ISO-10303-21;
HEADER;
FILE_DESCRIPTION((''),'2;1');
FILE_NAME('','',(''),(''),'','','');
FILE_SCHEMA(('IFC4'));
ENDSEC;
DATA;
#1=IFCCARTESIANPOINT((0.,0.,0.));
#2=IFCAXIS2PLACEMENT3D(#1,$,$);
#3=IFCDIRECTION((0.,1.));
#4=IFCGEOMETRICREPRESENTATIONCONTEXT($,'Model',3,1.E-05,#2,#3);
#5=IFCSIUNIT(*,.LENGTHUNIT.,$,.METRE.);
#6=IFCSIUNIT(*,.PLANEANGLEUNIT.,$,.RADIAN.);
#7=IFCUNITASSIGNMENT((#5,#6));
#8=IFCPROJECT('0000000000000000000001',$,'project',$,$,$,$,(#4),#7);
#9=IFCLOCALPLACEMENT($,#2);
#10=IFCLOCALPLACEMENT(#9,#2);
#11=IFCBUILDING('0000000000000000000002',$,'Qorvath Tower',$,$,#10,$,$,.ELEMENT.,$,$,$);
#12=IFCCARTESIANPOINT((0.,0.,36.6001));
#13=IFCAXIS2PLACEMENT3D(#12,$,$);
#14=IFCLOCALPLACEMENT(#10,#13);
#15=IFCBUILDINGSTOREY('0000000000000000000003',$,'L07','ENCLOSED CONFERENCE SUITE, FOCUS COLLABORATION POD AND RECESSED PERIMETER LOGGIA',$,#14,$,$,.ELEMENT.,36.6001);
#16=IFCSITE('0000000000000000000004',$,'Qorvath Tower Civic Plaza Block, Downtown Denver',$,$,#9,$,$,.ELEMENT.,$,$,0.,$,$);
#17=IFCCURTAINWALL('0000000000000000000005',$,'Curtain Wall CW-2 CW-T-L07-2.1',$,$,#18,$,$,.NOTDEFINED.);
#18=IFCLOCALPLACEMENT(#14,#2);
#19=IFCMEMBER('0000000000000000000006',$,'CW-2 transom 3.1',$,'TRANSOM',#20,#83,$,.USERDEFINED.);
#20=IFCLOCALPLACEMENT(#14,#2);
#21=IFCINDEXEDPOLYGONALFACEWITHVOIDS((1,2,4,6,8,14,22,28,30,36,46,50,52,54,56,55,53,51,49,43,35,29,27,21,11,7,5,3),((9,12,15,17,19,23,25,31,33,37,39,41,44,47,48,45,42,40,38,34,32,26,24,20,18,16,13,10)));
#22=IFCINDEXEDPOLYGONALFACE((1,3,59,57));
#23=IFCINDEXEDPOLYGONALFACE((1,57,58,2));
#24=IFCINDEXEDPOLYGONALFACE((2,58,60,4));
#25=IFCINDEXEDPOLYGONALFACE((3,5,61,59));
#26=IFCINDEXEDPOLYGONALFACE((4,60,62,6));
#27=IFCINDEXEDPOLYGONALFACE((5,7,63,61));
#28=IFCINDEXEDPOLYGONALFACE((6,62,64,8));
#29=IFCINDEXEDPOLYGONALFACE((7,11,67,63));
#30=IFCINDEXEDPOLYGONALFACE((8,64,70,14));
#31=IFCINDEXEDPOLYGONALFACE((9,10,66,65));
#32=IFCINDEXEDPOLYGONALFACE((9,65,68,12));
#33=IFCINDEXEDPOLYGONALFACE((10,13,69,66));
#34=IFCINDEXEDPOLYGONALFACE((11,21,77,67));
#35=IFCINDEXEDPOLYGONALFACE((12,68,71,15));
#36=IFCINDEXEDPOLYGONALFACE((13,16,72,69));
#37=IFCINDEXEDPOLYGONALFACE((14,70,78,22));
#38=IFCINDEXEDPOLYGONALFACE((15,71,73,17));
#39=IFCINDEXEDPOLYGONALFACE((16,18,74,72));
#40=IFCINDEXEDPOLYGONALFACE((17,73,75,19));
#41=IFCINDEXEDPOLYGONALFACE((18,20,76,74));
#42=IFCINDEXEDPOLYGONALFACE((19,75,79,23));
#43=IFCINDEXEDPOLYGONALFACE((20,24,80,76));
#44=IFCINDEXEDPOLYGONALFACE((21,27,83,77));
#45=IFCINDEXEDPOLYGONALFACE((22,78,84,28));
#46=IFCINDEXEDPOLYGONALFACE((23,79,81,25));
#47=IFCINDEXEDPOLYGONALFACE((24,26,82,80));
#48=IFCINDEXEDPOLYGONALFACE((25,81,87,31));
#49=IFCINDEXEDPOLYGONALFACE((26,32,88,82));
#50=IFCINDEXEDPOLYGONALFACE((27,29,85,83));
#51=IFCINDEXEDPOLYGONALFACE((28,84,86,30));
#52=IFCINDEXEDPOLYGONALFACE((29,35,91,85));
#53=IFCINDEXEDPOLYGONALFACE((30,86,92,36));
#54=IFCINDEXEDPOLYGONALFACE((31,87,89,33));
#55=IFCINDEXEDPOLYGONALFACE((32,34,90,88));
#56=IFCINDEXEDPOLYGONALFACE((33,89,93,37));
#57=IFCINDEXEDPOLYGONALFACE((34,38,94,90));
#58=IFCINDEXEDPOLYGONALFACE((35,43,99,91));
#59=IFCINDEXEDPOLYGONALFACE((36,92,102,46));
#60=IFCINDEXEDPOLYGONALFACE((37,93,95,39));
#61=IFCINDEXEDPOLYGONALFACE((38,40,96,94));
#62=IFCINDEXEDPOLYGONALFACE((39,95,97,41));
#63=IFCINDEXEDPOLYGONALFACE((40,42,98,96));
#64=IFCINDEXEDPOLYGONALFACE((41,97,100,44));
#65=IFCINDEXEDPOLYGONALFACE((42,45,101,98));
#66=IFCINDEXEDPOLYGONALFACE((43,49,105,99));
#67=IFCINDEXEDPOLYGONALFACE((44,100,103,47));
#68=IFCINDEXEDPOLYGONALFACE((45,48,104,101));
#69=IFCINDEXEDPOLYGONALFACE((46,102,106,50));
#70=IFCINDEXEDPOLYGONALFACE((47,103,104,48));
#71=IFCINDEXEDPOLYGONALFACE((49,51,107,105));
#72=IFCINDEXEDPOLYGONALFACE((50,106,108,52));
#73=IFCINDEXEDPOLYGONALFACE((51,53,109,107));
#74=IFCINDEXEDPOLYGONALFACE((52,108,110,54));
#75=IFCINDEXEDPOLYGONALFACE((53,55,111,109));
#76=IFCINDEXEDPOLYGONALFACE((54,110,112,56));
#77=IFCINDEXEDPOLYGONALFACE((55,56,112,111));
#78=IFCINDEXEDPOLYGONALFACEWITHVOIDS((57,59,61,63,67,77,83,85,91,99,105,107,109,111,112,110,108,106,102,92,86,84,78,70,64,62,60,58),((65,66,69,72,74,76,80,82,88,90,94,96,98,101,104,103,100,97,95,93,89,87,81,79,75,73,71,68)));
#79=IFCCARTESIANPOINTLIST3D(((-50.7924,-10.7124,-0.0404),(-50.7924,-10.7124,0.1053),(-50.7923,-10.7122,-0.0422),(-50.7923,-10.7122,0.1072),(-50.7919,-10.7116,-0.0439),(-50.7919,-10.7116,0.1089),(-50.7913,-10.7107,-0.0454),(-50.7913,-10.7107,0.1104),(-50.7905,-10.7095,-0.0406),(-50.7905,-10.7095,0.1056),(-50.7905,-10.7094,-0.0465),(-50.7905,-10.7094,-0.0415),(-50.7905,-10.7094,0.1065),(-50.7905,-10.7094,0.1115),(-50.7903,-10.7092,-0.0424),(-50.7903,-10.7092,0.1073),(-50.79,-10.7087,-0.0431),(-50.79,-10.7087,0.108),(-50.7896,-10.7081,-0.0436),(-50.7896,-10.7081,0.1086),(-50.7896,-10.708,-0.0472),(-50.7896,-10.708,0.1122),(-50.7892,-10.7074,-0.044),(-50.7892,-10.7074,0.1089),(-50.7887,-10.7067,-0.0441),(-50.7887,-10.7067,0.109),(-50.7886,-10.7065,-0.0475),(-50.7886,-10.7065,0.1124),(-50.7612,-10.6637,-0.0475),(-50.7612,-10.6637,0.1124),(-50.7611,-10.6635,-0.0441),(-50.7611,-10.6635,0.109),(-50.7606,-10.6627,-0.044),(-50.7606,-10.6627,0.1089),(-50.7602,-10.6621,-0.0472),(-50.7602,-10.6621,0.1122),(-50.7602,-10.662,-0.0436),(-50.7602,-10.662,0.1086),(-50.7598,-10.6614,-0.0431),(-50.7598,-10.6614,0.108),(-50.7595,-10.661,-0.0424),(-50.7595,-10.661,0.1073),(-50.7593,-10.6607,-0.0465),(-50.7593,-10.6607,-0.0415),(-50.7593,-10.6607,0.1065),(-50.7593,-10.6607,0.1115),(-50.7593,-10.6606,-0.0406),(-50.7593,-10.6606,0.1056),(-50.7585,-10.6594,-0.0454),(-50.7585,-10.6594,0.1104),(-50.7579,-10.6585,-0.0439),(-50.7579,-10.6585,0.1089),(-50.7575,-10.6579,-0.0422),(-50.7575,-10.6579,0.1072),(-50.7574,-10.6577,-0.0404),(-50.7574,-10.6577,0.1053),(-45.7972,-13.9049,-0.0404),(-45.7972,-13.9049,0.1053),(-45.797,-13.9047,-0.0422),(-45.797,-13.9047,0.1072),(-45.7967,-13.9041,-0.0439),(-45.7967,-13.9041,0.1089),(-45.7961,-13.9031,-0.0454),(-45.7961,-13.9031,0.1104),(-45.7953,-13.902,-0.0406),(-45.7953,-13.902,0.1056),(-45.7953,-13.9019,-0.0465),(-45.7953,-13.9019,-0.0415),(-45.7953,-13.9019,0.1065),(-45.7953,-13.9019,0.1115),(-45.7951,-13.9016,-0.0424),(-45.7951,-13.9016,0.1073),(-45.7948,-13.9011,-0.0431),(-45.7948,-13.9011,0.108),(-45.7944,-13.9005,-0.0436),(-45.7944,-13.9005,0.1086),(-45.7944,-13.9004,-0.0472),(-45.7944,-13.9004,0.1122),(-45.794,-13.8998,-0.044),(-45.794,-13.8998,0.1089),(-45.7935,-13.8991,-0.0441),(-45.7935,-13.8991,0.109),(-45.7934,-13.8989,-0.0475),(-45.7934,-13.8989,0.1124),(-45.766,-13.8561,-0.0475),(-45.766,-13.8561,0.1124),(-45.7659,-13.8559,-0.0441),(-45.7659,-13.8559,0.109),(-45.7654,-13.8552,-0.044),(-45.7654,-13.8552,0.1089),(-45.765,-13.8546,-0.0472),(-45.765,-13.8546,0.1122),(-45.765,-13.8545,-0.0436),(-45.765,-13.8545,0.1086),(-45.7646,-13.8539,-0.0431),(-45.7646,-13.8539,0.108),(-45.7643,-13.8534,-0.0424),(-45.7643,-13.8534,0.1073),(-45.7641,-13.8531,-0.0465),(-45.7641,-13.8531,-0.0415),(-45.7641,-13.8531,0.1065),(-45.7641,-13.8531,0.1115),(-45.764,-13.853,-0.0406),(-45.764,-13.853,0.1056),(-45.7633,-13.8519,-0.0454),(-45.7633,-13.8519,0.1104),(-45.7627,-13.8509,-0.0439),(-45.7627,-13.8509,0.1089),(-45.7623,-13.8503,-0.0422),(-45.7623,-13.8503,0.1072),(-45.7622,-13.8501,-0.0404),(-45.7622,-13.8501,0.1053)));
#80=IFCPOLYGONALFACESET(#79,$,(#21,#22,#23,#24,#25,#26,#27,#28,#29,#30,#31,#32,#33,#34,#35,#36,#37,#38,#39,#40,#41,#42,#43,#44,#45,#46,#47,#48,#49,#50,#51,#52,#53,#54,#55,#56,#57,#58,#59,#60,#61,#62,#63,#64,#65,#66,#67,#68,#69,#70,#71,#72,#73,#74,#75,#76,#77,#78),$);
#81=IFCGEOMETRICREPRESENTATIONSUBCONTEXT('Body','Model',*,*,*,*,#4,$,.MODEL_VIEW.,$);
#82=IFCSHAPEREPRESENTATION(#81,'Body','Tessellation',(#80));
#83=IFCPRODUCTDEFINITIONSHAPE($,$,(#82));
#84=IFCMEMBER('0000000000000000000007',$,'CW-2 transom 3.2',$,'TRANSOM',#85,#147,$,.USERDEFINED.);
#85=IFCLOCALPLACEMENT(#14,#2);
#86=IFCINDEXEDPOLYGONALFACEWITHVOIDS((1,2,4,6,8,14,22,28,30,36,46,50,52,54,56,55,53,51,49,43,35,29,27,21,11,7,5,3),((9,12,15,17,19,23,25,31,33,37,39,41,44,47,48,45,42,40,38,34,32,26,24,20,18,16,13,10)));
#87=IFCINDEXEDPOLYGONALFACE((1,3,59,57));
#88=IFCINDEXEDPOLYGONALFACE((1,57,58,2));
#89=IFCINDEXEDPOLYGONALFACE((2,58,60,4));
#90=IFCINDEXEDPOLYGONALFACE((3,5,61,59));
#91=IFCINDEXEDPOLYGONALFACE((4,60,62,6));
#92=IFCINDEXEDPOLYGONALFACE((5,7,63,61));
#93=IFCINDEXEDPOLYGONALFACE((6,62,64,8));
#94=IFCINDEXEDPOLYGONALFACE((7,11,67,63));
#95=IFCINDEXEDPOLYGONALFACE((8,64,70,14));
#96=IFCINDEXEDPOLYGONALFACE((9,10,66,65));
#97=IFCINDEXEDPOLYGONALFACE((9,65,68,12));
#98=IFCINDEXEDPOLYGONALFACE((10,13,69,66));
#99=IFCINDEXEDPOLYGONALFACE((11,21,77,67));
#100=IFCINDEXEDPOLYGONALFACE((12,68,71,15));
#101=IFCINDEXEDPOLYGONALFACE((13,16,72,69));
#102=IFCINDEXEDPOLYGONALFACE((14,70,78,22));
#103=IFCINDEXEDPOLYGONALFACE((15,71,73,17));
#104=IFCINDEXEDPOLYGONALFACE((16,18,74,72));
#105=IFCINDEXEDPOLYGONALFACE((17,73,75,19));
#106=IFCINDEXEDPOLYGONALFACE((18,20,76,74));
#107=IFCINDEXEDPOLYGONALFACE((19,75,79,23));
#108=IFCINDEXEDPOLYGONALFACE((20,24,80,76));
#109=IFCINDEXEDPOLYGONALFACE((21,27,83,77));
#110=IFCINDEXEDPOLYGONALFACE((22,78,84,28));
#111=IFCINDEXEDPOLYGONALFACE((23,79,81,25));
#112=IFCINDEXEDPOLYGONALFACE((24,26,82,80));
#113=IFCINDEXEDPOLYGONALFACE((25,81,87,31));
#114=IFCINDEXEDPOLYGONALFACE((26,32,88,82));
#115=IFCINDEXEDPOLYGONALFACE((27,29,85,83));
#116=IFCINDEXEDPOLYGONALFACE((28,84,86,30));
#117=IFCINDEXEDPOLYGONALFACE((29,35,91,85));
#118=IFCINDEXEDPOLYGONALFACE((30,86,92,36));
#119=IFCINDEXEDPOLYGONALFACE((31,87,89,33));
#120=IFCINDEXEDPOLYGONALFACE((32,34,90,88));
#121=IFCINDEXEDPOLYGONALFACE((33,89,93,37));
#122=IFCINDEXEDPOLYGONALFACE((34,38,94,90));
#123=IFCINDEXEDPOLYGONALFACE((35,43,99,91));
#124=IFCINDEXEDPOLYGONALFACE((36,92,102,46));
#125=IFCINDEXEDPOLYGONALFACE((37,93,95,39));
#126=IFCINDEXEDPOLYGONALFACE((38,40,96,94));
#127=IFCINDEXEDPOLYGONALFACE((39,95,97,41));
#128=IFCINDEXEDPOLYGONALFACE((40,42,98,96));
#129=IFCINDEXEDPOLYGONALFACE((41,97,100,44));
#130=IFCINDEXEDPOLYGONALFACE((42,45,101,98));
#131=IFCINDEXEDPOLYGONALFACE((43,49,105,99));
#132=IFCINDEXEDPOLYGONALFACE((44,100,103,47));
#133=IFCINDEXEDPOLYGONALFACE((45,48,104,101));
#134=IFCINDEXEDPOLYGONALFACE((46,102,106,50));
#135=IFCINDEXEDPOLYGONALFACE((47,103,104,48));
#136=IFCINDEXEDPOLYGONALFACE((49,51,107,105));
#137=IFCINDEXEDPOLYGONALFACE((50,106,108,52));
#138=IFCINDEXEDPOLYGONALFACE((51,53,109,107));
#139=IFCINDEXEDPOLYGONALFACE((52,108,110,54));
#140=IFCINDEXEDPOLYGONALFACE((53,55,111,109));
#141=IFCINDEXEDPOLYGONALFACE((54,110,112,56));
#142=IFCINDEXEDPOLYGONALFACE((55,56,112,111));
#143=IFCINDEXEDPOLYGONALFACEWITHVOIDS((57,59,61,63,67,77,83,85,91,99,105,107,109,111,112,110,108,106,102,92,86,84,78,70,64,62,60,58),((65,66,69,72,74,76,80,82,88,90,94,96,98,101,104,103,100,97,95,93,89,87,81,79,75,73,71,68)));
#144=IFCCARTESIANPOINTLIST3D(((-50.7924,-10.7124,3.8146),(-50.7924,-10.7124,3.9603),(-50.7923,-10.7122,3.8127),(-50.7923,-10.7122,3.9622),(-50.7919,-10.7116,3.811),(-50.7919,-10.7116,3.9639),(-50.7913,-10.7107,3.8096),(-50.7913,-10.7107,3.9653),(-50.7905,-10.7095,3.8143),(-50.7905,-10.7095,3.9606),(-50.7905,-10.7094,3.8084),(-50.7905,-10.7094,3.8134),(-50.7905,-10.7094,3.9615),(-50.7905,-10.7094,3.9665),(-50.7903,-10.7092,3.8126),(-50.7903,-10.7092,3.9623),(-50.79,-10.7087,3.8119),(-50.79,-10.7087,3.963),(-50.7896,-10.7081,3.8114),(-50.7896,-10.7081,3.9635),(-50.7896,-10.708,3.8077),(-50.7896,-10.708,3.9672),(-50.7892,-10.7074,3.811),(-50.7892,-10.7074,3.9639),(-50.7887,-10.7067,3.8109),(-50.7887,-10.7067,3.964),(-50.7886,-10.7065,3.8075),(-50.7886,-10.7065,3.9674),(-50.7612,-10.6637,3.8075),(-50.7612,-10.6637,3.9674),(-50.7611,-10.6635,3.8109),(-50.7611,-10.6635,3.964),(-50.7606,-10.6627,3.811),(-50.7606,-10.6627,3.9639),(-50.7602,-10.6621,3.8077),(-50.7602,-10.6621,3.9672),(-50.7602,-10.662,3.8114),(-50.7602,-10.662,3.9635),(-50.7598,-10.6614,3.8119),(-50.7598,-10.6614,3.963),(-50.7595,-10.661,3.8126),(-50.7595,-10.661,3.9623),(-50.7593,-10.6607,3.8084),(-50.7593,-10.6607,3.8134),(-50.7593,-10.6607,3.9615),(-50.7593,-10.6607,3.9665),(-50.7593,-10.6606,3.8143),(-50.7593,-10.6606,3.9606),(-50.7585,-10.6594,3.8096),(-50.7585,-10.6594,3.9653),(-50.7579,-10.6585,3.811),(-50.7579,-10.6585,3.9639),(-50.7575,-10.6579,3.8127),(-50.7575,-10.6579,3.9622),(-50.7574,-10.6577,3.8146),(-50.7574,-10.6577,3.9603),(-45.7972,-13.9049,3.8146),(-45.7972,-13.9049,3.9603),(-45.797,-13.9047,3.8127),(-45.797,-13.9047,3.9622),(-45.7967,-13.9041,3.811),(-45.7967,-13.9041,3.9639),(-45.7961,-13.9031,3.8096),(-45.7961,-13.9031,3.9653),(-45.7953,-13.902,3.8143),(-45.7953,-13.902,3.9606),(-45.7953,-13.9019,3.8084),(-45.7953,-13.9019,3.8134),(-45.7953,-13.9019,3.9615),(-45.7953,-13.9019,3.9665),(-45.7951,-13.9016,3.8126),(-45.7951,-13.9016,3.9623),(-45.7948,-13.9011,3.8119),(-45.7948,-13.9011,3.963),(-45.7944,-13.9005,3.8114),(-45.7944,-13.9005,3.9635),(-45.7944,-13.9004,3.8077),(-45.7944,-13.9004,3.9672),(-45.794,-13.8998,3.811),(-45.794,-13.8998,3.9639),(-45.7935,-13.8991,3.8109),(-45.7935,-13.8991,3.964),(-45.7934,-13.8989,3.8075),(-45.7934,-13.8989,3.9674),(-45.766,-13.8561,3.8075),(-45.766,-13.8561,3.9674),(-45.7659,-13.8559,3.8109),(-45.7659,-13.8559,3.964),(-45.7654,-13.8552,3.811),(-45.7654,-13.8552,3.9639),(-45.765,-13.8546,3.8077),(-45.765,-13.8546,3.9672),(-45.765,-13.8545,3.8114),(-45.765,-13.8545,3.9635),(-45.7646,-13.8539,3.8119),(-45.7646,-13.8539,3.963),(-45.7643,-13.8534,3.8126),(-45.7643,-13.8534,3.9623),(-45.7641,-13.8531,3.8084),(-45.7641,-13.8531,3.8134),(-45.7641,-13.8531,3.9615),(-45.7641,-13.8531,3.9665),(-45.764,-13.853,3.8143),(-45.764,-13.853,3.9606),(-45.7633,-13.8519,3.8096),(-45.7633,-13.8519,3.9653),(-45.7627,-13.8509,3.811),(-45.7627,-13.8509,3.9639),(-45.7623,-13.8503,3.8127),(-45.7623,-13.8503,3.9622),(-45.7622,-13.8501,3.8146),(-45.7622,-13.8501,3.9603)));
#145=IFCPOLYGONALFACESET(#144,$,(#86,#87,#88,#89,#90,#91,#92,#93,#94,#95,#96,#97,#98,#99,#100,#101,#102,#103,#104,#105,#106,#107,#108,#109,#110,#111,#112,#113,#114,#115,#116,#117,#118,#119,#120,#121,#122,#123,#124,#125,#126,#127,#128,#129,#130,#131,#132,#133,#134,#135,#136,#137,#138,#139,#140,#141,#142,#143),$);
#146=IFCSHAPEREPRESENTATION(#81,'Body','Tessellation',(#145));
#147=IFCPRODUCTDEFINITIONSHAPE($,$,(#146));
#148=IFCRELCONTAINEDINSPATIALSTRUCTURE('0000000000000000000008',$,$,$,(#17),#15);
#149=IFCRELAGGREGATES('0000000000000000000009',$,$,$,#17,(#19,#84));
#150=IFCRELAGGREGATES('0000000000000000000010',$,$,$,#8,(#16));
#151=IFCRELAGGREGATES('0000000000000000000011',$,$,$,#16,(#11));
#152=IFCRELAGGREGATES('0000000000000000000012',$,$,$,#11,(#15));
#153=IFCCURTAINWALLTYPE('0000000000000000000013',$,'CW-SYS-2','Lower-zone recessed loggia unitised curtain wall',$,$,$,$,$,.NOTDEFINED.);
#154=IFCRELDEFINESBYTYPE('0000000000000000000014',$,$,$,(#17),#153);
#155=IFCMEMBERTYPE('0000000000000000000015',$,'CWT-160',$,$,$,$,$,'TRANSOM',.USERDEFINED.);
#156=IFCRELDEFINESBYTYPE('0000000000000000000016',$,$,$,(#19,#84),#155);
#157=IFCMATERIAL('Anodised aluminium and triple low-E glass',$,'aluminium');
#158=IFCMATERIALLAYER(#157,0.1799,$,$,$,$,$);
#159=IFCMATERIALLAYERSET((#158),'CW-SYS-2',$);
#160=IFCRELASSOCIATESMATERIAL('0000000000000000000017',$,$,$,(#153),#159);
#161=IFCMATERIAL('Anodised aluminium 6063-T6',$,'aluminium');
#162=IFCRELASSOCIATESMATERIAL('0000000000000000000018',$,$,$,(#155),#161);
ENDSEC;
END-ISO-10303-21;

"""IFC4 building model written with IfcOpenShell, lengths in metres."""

from ifc_helpers import new_model, si_unit, direction, frame, origin, origin_2d, place, context, subcontext, project, spatial, hollow_rectangle, extrude, material, layer, layer_set, material_profile, profile_set, type_object, element, aggregate, save


model = new_model("IFC4")

# Units and contexts
model_context = context("Model", 3, precision=1e-05, world=origin(), true_north=direction((0.0, 1.0)))
body_context = subcontext(model_context, "Body", "Model", "MODEL_VIEW")
ifc_project = project(units=[si_unit("LENGTHUNIT", "METRE"), si_unit("PLANEANGLEUNIT", "RADIAN")], contexts=[model_context])

# Site, building, storey
site_placement = place(None, origin())
site = spatial("IfcSite", under=ifc_project, at=site_placement, Name="Qorvath Tower Civic Plaza Block, Downtown Denver", CompositionType="ELEMENT", RefElevation=0.0)
building_placement = place(site_placement, origin())
building = spatial("IfcBuilding", under=site, at=building_placement, Name="Qorvath Tower", CompositionType="ELEMENT")
storey_placement = place(building_placement, frame((0.0, 0.0, 36.6001)))
storey = spatial("IfcBuildingStorey", under=building, at=storey_placement, Name="L07", Description="ENCLOSED CONFERENCE SUITE, FOCUS COLLABORATION POD AND RECESSED PERIMETER LOGGIA", CompositionType="ELEMENT", Elevation=36.6001)

# Curtain wall, members
ifc_material_1 = material(Name="Anodised aluminium and triple low-E glass", Category="aluminium")
ifc_layer_1 = layer(ifc_material_1, 0.1799)
ifc_layer_set_1 = layer_set([ifc_layer_1], Name="CW-SYS-2")
curtain_wall_type = type_object("IfcCurtainWallType", Name="CW-SYS-2", Description="Lower-zone recessed loggia unitised curtain wall", PredefinedType="NOTDEFINED", material=ifc_layer_set_1)
curtain_wall_placement = place(storey_placement, origin())
curtain_wall = element("IfcCurtainWall", 1, at=curtain_wall_placement, inside=storey, type_object=curtain_wall_type, Name="Curtain Wall CW-2 CW-T-L07-2.1", PredefinedType="NOTDEFINED")
ifc_material_2 = material(Name="Anodised aluminium 6063-T6", Category="aluminium")
ifc_material_profile_1 = material_profile(ifc_material_2, hollow_rectangle(XDim=0.0649, YDim=0.1599, WallThickness=0.0034, InnerFilletRadius=0.0034, OuterFilletRadius=0.0071, at=origin_2d()), Name="CWT 160x65")
ifc_profile_set_1 = profile_set([ifc_material_profile_1], Name="Anodised aluminium 6063-T6")
member_type_1 = type_object("IfcMemberType", Name="CWT-160", ElementType="TRANSOM", PredefinedType="USERDEFINED", material=ifc_profile_set_1)
member_1_placement = place(storey_placement, frame((-50.7749, -10.6851, 0.0325), z_axis=(0.842615, -0.538516, 0.0), x_axis=(0.538516, 0.842615, 0.0)))
member_1 = element("IfcMember", 2, at=member_1_placement, type_object=member_type_1, Name="CW-2 transom 3.1", ObjectType="TRANSOM", PredefinedType="USERDEFINED", context=body_context, shape_type="SweptSolid", body=[
    extrude(hollow_rectangle(XDim=0.0649, YDim=0.1599, WallThickness=0.0034, InnerFilletRadius=0.0034, OuterFilletRadius=0.0071, at=origin_2d()), origin(), (0.0, 0.0, 1.0), 5.9282),
])
member_2_placement = place(storey_placement, frame((-50.7749, -10.6851, 3.8875), z_axis=(0.842615, -0.538516, 0.0), x_axis=(0.538516, 0.842615, 0.0)))
member_2 = element("IfcMember", 3, at=member_2_placement, type_object=member_type_1, Name="CW-2 transom 3.2", ObjectType="TRANSOM", PredefinedType="USERDEFINED", context=body_context, shape_type="SweptSolid", body=[
    extrude(hollow_rectangle(XDim=0.0649, YDim=0.1599, WallThickness=0.0034, InnerFilletRadius=0.0034, OuterFilletRadius=0.0071, at=origin_2d()), origin(), (0.0, 0.0, 1.0), 5.9282),
])

aggregate(curtain_wall, [member_1, member_2])

save(model, "model.ifc")
